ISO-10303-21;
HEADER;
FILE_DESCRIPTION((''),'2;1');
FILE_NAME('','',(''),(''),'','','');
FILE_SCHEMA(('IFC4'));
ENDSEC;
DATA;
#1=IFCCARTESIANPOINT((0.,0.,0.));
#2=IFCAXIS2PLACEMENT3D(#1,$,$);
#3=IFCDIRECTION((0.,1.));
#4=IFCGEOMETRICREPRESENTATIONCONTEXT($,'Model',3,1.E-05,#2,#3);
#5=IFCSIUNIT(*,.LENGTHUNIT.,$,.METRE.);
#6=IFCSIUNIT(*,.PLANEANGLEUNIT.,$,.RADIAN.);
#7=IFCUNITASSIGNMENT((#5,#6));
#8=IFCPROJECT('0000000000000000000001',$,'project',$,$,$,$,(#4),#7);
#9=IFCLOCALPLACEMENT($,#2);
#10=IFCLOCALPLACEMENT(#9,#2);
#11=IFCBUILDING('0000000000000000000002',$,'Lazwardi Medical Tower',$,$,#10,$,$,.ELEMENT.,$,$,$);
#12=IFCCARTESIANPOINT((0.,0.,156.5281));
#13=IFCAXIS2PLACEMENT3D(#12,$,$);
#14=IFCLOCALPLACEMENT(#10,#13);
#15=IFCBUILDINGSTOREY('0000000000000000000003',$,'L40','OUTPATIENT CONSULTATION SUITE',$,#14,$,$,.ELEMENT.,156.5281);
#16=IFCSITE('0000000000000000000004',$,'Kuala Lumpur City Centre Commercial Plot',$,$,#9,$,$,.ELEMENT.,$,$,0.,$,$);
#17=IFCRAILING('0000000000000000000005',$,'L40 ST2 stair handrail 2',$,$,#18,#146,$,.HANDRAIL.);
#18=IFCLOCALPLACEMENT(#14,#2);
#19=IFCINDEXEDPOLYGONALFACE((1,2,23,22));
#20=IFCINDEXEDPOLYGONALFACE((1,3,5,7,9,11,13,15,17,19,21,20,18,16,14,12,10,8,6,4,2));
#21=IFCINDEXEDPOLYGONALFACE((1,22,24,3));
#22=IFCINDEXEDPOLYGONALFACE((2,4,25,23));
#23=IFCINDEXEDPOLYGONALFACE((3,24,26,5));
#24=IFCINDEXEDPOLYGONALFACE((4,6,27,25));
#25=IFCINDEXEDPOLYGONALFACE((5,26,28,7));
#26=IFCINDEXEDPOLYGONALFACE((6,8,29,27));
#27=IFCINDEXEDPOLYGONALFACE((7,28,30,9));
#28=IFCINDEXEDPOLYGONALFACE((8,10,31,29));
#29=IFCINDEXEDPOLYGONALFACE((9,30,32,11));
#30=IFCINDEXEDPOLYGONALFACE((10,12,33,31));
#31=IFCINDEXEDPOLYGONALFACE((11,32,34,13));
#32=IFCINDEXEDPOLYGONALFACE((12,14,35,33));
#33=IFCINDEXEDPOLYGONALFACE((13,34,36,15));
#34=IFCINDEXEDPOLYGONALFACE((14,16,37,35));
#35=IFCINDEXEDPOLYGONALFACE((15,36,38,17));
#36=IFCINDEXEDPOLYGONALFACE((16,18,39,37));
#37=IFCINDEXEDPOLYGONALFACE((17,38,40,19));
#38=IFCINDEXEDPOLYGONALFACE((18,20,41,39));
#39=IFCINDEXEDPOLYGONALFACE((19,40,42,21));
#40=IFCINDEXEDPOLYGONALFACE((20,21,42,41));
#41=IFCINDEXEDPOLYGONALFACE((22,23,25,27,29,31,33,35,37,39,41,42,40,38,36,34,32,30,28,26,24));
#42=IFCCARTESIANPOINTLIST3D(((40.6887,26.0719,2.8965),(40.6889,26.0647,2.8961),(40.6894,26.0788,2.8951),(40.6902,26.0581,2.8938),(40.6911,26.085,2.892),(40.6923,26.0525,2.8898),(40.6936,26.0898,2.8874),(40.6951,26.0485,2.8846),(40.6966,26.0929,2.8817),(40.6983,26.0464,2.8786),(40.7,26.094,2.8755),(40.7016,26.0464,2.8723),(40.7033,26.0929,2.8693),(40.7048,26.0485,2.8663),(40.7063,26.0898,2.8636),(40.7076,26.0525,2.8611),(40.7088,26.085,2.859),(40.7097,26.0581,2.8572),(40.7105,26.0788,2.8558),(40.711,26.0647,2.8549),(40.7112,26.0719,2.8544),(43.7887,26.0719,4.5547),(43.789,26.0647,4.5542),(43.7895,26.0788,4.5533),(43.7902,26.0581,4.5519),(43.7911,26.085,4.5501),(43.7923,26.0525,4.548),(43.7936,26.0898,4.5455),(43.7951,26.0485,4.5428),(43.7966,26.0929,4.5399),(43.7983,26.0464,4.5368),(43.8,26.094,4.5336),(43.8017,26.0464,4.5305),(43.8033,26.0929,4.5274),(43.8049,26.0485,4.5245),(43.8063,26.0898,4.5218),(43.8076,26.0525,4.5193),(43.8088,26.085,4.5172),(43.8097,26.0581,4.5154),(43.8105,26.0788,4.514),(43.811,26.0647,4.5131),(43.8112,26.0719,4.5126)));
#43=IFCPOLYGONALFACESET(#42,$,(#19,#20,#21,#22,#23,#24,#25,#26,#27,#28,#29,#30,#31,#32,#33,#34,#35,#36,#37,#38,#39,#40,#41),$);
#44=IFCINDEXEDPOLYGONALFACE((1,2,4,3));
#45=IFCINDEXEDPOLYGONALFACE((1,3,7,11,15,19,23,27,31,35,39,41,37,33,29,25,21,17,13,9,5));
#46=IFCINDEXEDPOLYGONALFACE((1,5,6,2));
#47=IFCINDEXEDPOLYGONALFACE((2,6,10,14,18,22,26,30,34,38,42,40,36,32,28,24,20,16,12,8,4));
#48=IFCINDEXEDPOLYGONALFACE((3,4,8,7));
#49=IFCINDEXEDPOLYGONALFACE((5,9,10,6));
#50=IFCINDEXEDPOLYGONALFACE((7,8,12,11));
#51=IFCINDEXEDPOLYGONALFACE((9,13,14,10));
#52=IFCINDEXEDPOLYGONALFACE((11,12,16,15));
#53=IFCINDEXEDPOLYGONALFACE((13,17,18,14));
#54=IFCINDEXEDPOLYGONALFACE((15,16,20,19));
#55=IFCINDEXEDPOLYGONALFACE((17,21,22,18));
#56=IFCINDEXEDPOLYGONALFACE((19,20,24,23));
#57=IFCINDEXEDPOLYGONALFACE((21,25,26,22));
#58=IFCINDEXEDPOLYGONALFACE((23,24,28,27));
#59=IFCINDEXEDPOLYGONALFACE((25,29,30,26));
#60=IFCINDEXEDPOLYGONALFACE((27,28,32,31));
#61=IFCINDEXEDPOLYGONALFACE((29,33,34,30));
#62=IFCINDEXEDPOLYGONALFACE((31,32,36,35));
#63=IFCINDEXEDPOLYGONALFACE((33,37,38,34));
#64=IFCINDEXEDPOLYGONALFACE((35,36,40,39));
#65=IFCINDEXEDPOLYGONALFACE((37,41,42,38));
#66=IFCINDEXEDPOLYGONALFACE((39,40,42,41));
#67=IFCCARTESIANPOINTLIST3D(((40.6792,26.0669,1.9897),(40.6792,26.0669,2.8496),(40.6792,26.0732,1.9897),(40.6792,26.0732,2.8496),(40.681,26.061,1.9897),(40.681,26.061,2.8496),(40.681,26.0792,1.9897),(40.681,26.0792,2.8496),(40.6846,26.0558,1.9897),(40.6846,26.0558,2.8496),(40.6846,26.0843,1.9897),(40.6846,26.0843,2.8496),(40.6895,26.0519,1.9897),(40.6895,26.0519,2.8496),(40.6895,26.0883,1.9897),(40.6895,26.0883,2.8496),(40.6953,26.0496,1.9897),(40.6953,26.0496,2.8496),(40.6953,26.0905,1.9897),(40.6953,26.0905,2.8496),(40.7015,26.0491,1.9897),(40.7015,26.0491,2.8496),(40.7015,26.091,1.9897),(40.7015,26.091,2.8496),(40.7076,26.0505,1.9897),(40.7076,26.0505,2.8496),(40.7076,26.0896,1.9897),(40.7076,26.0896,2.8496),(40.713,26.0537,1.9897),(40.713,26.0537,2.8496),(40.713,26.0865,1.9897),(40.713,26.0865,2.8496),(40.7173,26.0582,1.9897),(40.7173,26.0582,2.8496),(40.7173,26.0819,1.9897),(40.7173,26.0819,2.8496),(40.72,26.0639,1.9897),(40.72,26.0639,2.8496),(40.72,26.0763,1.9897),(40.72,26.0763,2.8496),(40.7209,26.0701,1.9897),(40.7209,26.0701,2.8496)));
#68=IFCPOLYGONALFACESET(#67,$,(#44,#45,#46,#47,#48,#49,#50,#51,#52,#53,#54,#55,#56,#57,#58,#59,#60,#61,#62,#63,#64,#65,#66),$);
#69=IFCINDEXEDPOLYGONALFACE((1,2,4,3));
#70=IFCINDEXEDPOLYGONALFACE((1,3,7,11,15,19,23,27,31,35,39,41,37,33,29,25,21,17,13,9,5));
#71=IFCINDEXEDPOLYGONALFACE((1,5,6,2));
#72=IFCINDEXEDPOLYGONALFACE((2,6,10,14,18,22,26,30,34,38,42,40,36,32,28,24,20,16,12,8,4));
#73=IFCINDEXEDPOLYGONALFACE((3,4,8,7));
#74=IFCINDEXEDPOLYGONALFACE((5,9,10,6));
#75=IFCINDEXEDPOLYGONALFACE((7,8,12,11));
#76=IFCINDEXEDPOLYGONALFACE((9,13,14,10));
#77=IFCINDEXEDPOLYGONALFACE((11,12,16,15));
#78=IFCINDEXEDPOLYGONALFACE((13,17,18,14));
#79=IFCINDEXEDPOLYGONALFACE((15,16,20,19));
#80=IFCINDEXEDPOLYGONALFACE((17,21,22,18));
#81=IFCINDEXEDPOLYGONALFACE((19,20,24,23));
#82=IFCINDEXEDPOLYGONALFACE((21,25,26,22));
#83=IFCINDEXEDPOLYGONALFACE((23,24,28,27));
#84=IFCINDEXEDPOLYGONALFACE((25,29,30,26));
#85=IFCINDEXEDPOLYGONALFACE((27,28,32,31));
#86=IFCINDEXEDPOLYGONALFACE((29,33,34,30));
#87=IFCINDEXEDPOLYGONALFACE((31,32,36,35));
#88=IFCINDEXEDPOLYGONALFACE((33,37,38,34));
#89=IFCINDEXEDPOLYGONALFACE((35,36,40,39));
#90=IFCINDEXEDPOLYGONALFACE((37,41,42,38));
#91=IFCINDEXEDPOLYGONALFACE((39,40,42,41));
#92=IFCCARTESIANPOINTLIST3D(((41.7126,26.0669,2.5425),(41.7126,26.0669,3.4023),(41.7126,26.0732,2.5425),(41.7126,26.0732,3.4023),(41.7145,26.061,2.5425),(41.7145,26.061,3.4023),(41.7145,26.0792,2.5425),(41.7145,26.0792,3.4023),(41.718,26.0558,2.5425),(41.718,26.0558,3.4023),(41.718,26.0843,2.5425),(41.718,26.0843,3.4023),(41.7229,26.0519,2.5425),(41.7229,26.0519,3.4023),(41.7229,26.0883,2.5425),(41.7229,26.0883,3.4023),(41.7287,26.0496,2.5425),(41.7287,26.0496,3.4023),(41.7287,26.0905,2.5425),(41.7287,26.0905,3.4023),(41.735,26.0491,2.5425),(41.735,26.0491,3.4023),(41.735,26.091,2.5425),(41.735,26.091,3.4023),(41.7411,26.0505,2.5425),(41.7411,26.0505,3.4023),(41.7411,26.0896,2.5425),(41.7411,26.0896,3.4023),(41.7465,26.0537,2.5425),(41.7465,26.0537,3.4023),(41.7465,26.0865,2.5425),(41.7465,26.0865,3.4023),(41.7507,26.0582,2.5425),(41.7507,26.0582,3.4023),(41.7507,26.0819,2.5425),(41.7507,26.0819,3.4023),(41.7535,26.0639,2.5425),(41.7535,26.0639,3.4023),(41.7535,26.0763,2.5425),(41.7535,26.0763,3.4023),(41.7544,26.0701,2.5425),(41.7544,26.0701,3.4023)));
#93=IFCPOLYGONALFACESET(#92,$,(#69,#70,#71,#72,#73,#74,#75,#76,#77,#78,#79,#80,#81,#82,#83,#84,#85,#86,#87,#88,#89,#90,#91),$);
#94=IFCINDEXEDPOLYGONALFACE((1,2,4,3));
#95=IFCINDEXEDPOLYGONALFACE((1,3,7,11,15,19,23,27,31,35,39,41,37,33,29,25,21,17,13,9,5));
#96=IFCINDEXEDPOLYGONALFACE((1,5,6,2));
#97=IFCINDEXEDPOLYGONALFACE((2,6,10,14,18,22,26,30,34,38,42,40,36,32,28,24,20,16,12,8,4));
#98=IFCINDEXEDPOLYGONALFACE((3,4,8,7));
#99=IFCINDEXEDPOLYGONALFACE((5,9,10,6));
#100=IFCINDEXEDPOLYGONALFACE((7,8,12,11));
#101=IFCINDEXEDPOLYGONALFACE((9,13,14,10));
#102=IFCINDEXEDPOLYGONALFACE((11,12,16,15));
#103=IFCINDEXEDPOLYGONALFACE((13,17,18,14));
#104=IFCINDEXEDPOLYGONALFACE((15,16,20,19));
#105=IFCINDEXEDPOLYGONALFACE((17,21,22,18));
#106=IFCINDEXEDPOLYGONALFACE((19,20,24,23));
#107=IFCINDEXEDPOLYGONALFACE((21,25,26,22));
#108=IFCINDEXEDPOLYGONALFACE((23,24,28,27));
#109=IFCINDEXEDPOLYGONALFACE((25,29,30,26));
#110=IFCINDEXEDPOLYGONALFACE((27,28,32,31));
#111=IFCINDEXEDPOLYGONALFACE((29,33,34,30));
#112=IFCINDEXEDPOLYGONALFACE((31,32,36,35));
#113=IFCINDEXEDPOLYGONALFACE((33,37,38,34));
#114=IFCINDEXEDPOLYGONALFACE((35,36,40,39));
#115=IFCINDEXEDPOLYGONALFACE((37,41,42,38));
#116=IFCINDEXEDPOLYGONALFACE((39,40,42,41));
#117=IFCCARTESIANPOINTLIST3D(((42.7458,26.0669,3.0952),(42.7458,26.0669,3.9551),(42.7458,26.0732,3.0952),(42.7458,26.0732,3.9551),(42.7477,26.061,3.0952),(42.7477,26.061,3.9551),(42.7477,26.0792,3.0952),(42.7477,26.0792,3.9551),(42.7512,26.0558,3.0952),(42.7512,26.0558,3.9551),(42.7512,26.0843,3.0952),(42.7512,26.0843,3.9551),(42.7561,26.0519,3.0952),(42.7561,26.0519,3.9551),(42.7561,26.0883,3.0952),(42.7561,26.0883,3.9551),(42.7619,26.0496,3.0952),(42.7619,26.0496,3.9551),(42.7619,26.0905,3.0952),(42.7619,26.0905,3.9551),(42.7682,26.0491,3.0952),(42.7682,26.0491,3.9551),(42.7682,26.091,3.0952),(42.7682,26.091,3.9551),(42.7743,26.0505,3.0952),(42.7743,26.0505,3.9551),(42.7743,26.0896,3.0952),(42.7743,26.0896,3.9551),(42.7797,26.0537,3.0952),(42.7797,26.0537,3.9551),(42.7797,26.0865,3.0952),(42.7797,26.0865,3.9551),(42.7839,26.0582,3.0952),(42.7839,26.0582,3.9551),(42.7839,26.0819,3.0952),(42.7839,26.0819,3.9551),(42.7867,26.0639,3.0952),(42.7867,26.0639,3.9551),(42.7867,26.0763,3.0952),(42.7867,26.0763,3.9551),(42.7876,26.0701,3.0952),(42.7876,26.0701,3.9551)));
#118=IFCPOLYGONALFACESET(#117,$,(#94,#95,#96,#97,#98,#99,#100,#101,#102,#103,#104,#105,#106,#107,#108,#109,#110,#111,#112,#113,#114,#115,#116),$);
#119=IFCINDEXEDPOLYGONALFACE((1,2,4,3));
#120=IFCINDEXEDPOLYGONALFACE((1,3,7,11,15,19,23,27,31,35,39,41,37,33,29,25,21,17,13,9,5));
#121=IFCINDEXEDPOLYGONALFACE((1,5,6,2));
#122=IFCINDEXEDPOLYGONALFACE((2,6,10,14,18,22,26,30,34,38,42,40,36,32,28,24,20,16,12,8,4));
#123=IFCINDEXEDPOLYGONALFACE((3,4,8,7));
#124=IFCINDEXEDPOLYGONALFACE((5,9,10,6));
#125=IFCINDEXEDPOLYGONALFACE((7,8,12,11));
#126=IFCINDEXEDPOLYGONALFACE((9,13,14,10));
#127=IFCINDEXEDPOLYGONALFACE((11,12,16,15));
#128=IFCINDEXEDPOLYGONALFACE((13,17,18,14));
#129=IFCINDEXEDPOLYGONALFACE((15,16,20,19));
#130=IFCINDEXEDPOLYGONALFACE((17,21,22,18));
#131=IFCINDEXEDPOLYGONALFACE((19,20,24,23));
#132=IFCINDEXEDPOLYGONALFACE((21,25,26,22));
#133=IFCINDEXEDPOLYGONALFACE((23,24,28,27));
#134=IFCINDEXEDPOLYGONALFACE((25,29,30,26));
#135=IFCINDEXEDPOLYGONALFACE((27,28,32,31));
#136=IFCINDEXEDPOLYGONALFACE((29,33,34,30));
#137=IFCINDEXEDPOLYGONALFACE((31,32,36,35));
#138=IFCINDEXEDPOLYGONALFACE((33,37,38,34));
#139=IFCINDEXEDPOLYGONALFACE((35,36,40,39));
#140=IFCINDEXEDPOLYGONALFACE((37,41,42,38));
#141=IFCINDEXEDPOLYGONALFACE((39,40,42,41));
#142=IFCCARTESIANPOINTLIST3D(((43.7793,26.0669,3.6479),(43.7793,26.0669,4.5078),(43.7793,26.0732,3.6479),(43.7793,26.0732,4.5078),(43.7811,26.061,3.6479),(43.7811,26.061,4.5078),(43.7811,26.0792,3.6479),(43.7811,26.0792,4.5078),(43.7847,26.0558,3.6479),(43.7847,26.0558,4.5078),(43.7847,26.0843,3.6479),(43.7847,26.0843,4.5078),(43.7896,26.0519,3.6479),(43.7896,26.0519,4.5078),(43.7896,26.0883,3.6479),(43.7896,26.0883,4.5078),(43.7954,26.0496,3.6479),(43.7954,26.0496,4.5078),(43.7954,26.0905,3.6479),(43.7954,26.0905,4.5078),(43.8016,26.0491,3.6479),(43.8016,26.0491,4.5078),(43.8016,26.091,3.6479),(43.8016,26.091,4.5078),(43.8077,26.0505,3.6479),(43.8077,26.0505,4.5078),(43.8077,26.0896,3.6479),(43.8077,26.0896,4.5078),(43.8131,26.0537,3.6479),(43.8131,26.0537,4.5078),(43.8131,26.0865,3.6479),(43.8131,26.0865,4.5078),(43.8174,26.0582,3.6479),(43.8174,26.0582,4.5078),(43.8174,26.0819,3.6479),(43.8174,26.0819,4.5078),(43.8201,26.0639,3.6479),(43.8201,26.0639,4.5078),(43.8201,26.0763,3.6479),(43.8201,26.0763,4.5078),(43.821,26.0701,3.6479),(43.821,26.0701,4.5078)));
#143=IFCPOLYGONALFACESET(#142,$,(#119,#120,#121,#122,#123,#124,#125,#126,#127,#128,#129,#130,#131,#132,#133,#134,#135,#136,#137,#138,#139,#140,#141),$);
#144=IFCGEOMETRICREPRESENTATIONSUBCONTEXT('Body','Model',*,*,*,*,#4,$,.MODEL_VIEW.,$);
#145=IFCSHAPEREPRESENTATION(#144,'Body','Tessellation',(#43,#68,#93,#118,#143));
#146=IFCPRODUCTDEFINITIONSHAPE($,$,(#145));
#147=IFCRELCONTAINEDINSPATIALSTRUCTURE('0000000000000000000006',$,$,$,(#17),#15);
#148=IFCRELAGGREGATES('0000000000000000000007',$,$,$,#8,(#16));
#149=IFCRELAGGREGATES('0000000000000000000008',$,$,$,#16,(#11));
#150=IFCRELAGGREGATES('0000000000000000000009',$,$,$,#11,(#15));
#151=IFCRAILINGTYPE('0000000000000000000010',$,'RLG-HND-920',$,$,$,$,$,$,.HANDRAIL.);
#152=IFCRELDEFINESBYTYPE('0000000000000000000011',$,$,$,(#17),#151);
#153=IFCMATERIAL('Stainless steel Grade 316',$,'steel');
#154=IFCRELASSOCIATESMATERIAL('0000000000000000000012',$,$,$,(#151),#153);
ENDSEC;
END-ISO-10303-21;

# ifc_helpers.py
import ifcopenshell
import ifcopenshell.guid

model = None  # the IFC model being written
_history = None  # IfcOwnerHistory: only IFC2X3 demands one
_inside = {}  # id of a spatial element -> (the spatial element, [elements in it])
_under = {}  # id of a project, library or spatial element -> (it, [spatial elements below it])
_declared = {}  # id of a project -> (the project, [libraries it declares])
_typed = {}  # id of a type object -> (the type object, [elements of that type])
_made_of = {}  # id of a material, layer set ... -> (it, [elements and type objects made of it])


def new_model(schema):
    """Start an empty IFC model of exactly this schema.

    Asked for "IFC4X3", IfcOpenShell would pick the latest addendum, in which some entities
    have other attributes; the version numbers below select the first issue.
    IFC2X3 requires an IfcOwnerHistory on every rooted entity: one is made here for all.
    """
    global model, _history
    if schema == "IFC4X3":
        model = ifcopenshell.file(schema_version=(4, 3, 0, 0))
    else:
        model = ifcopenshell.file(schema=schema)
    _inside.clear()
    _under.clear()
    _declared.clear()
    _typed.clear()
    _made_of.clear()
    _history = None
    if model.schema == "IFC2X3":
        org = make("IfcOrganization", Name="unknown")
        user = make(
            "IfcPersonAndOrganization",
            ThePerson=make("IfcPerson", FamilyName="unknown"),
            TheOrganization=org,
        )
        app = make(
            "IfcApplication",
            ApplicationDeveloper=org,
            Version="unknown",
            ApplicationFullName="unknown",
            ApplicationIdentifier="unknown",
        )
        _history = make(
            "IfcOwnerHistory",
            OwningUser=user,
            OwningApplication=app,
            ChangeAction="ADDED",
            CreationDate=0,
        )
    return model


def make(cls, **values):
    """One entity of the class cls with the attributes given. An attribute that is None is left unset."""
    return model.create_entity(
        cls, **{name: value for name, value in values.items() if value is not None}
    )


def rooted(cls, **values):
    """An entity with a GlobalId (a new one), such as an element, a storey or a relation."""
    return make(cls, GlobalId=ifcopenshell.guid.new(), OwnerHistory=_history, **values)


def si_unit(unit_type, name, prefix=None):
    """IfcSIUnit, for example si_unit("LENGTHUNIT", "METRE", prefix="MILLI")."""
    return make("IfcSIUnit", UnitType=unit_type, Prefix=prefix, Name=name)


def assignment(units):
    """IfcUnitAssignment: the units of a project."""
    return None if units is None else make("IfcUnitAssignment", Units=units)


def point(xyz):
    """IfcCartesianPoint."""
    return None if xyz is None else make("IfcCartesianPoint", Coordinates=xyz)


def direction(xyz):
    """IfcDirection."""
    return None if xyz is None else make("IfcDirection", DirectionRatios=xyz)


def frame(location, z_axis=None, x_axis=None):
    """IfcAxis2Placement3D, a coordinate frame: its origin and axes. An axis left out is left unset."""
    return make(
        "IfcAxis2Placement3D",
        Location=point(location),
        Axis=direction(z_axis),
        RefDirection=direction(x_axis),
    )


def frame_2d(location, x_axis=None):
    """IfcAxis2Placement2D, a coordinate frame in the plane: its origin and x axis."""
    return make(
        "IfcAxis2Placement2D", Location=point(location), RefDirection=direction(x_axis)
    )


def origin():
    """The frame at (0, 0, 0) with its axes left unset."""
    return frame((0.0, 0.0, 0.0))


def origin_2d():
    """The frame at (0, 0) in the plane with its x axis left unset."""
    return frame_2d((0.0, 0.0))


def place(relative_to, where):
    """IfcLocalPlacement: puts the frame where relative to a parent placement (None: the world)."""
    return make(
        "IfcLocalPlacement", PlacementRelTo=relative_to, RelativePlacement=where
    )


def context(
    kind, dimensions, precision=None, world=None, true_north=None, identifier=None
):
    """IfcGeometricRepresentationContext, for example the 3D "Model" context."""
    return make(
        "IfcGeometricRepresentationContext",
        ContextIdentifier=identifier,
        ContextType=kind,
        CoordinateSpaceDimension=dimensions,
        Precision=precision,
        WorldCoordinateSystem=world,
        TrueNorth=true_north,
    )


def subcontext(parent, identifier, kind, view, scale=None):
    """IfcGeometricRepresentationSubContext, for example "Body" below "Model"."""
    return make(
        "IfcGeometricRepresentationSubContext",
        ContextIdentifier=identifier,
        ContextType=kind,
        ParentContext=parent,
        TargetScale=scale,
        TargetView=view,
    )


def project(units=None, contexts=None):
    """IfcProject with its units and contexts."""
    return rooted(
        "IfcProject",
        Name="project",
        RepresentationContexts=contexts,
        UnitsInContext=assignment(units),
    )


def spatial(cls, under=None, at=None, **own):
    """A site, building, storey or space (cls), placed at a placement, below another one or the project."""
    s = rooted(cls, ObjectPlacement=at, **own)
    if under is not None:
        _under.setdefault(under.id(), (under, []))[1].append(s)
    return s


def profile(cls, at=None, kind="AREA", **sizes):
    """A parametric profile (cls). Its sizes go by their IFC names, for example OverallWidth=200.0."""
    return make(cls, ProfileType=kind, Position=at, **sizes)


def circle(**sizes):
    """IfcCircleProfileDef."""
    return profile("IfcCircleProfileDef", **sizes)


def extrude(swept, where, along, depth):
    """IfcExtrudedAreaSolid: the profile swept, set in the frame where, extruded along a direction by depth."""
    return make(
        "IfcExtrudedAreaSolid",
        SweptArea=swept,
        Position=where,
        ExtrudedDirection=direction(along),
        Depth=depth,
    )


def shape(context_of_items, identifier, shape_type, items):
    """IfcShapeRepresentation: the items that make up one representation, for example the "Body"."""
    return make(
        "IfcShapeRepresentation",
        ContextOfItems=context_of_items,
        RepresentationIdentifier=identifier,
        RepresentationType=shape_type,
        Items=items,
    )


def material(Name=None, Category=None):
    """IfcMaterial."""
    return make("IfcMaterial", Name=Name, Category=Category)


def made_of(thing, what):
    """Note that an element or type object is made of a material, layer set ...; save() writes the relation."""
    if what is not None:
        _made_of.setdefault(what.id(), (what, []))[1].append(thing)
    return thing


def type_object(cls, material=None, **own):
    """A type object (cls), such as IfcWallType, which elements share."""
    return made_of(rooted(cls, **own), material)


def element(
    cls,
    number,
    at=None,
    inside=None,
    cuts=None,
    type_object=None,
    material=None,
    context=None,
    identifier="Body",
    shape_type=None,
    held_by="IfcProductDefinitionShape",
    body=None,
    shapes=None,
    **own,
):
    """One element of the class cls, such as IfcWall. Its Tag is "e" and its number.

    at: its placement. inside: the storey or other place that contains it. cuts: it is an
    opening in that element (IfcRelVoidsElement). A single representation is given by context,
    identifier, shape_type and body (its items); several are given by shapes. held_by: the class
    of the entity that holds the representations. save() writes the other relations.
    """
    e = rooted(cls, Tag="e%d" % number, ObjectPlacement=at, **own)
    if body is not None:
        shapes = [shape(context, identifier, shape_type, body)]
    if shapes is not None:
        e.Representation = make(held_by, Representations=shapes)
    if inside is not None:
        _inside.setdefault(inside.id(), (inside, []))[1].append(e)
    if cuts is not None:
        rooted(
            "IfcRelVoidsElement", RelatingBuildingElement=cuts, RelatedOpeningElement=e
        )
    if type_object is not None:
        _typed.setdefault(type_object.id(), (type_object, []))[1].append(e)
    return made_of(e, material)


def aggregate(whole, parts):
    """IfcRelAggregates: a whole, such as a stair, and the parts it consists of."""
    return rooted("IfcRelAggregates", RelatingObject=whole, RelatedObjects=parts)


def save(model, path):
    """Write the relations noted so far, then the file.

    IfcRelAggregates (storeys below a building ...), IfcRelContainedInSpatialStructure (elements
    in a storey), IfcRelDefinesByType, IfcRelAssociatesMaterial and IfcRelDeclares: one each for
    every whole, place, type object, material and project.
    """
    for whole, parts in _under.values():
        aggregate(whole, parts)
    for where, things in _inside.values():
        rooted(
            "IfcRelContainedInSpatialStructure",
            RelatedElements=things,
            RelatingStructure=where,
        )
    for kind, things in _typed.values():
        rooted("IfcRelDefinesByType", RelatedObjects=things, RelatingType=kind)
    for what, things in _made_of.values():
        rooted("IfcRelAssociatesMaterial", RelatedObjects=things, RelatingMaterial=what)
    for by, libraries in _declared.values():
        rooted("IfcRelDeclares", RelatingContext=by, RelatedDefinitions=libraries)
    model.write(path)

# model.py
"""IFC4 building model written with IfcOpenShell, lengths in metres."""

from ifc_helpers import new_model, si_unit, direction, frame, origin, origin_2d, place, context, subcontext, project, spatial, circle, extrude, material, type_object, element, save


model = new_model("IFC4")

# Units and contexts
model_context = context("Model", 3, precision=1e-05, world=origin(), true_north=direction((0.0, 1.0)))
body_context = subcontext(model_context, "Body", "Model", "MODEL_VIEW")
ifc_project = project(units=[si_unit("LENGTHUNIT", "METRE"), si_unit("PLANEANGLEUNIT", "RADIAN")], contexts=[model_context])

# Site, building, storey
site_placement = place(None, origin())
site = spatial("IfcSite", under=ifc_project, at=site_placement, Name="Kuala Lumpur City Centre Commercial Plot", CompositionType="ELEMENT", RefElevation=0.0)
building_placement = place(site_placement, origin())
building = spatial("IfcBuilding", under=site, at=building_placement, Name="Lazwardi Medical Tower", CompositionType="ELEMENT")
storey_placement = place(building_placement, frame((0.0, 0.0, 156.5281)))
storey = spatial("IfcBuildingStorey", under=building, at=storey_placement, Name="L40", Description="OUTPATIENT CONSULTATION SUITE", CompositionType="ELEMENT", Elevation=156.5281)

# Railing
ifc_material_1 = material(Name="Stainless steel Grade 316", Category="steel")
railing_type_1 = type_object("IfcRailingType", Name="RLG-HND-920", PredefinedType="HANDRAIL", material=ifc_material_1)
railing_1_placement = place(storey_placement, frame((40.7, 26.0701, 1.9897)))
element("IfcRailing", 1, at=railing_1_placement, inside=storey, type_object=railing_type_1, Name="L40 ST2 stair handrail 2", PredefinedType="HANDRAIL", context=body_context, shape_type="SweptSolid", body=[
    extrude(circle(Radius=0.0239, at=origin_2d()), frame((0.0, 0.0, 0.8857), z_axis=(0.881783, 0.0, 0.471655), x_axis=(0.0, 1.0, 0.0)), (0.0, 0.0, 1.0), 3.5156),
    extrude(circle(Radius=0.021, at=origin_2d()), origin(), (0.0, 0.0, 1.0), 0.8599),
    extrude(circle(Radius=0.021, at=origin_2d()), frame((1.0334, 0.0, 0.5527)), (0.0, 0.0, 1.0), 0.8599),
    extrude(circle(Radius=0.021, at=origin_2d()), frame((2.0667, 0.0, 1.1055)), (0.0, 0.0, 1.0), 0.8599),
    extrude(circle(Radius=0.021, at=origin_2d()), frame((3.1001, 0.0, 1.6582)), (0.0, 0.0, 1.0), 0.8599),
])

save(model, "model.ifc")
